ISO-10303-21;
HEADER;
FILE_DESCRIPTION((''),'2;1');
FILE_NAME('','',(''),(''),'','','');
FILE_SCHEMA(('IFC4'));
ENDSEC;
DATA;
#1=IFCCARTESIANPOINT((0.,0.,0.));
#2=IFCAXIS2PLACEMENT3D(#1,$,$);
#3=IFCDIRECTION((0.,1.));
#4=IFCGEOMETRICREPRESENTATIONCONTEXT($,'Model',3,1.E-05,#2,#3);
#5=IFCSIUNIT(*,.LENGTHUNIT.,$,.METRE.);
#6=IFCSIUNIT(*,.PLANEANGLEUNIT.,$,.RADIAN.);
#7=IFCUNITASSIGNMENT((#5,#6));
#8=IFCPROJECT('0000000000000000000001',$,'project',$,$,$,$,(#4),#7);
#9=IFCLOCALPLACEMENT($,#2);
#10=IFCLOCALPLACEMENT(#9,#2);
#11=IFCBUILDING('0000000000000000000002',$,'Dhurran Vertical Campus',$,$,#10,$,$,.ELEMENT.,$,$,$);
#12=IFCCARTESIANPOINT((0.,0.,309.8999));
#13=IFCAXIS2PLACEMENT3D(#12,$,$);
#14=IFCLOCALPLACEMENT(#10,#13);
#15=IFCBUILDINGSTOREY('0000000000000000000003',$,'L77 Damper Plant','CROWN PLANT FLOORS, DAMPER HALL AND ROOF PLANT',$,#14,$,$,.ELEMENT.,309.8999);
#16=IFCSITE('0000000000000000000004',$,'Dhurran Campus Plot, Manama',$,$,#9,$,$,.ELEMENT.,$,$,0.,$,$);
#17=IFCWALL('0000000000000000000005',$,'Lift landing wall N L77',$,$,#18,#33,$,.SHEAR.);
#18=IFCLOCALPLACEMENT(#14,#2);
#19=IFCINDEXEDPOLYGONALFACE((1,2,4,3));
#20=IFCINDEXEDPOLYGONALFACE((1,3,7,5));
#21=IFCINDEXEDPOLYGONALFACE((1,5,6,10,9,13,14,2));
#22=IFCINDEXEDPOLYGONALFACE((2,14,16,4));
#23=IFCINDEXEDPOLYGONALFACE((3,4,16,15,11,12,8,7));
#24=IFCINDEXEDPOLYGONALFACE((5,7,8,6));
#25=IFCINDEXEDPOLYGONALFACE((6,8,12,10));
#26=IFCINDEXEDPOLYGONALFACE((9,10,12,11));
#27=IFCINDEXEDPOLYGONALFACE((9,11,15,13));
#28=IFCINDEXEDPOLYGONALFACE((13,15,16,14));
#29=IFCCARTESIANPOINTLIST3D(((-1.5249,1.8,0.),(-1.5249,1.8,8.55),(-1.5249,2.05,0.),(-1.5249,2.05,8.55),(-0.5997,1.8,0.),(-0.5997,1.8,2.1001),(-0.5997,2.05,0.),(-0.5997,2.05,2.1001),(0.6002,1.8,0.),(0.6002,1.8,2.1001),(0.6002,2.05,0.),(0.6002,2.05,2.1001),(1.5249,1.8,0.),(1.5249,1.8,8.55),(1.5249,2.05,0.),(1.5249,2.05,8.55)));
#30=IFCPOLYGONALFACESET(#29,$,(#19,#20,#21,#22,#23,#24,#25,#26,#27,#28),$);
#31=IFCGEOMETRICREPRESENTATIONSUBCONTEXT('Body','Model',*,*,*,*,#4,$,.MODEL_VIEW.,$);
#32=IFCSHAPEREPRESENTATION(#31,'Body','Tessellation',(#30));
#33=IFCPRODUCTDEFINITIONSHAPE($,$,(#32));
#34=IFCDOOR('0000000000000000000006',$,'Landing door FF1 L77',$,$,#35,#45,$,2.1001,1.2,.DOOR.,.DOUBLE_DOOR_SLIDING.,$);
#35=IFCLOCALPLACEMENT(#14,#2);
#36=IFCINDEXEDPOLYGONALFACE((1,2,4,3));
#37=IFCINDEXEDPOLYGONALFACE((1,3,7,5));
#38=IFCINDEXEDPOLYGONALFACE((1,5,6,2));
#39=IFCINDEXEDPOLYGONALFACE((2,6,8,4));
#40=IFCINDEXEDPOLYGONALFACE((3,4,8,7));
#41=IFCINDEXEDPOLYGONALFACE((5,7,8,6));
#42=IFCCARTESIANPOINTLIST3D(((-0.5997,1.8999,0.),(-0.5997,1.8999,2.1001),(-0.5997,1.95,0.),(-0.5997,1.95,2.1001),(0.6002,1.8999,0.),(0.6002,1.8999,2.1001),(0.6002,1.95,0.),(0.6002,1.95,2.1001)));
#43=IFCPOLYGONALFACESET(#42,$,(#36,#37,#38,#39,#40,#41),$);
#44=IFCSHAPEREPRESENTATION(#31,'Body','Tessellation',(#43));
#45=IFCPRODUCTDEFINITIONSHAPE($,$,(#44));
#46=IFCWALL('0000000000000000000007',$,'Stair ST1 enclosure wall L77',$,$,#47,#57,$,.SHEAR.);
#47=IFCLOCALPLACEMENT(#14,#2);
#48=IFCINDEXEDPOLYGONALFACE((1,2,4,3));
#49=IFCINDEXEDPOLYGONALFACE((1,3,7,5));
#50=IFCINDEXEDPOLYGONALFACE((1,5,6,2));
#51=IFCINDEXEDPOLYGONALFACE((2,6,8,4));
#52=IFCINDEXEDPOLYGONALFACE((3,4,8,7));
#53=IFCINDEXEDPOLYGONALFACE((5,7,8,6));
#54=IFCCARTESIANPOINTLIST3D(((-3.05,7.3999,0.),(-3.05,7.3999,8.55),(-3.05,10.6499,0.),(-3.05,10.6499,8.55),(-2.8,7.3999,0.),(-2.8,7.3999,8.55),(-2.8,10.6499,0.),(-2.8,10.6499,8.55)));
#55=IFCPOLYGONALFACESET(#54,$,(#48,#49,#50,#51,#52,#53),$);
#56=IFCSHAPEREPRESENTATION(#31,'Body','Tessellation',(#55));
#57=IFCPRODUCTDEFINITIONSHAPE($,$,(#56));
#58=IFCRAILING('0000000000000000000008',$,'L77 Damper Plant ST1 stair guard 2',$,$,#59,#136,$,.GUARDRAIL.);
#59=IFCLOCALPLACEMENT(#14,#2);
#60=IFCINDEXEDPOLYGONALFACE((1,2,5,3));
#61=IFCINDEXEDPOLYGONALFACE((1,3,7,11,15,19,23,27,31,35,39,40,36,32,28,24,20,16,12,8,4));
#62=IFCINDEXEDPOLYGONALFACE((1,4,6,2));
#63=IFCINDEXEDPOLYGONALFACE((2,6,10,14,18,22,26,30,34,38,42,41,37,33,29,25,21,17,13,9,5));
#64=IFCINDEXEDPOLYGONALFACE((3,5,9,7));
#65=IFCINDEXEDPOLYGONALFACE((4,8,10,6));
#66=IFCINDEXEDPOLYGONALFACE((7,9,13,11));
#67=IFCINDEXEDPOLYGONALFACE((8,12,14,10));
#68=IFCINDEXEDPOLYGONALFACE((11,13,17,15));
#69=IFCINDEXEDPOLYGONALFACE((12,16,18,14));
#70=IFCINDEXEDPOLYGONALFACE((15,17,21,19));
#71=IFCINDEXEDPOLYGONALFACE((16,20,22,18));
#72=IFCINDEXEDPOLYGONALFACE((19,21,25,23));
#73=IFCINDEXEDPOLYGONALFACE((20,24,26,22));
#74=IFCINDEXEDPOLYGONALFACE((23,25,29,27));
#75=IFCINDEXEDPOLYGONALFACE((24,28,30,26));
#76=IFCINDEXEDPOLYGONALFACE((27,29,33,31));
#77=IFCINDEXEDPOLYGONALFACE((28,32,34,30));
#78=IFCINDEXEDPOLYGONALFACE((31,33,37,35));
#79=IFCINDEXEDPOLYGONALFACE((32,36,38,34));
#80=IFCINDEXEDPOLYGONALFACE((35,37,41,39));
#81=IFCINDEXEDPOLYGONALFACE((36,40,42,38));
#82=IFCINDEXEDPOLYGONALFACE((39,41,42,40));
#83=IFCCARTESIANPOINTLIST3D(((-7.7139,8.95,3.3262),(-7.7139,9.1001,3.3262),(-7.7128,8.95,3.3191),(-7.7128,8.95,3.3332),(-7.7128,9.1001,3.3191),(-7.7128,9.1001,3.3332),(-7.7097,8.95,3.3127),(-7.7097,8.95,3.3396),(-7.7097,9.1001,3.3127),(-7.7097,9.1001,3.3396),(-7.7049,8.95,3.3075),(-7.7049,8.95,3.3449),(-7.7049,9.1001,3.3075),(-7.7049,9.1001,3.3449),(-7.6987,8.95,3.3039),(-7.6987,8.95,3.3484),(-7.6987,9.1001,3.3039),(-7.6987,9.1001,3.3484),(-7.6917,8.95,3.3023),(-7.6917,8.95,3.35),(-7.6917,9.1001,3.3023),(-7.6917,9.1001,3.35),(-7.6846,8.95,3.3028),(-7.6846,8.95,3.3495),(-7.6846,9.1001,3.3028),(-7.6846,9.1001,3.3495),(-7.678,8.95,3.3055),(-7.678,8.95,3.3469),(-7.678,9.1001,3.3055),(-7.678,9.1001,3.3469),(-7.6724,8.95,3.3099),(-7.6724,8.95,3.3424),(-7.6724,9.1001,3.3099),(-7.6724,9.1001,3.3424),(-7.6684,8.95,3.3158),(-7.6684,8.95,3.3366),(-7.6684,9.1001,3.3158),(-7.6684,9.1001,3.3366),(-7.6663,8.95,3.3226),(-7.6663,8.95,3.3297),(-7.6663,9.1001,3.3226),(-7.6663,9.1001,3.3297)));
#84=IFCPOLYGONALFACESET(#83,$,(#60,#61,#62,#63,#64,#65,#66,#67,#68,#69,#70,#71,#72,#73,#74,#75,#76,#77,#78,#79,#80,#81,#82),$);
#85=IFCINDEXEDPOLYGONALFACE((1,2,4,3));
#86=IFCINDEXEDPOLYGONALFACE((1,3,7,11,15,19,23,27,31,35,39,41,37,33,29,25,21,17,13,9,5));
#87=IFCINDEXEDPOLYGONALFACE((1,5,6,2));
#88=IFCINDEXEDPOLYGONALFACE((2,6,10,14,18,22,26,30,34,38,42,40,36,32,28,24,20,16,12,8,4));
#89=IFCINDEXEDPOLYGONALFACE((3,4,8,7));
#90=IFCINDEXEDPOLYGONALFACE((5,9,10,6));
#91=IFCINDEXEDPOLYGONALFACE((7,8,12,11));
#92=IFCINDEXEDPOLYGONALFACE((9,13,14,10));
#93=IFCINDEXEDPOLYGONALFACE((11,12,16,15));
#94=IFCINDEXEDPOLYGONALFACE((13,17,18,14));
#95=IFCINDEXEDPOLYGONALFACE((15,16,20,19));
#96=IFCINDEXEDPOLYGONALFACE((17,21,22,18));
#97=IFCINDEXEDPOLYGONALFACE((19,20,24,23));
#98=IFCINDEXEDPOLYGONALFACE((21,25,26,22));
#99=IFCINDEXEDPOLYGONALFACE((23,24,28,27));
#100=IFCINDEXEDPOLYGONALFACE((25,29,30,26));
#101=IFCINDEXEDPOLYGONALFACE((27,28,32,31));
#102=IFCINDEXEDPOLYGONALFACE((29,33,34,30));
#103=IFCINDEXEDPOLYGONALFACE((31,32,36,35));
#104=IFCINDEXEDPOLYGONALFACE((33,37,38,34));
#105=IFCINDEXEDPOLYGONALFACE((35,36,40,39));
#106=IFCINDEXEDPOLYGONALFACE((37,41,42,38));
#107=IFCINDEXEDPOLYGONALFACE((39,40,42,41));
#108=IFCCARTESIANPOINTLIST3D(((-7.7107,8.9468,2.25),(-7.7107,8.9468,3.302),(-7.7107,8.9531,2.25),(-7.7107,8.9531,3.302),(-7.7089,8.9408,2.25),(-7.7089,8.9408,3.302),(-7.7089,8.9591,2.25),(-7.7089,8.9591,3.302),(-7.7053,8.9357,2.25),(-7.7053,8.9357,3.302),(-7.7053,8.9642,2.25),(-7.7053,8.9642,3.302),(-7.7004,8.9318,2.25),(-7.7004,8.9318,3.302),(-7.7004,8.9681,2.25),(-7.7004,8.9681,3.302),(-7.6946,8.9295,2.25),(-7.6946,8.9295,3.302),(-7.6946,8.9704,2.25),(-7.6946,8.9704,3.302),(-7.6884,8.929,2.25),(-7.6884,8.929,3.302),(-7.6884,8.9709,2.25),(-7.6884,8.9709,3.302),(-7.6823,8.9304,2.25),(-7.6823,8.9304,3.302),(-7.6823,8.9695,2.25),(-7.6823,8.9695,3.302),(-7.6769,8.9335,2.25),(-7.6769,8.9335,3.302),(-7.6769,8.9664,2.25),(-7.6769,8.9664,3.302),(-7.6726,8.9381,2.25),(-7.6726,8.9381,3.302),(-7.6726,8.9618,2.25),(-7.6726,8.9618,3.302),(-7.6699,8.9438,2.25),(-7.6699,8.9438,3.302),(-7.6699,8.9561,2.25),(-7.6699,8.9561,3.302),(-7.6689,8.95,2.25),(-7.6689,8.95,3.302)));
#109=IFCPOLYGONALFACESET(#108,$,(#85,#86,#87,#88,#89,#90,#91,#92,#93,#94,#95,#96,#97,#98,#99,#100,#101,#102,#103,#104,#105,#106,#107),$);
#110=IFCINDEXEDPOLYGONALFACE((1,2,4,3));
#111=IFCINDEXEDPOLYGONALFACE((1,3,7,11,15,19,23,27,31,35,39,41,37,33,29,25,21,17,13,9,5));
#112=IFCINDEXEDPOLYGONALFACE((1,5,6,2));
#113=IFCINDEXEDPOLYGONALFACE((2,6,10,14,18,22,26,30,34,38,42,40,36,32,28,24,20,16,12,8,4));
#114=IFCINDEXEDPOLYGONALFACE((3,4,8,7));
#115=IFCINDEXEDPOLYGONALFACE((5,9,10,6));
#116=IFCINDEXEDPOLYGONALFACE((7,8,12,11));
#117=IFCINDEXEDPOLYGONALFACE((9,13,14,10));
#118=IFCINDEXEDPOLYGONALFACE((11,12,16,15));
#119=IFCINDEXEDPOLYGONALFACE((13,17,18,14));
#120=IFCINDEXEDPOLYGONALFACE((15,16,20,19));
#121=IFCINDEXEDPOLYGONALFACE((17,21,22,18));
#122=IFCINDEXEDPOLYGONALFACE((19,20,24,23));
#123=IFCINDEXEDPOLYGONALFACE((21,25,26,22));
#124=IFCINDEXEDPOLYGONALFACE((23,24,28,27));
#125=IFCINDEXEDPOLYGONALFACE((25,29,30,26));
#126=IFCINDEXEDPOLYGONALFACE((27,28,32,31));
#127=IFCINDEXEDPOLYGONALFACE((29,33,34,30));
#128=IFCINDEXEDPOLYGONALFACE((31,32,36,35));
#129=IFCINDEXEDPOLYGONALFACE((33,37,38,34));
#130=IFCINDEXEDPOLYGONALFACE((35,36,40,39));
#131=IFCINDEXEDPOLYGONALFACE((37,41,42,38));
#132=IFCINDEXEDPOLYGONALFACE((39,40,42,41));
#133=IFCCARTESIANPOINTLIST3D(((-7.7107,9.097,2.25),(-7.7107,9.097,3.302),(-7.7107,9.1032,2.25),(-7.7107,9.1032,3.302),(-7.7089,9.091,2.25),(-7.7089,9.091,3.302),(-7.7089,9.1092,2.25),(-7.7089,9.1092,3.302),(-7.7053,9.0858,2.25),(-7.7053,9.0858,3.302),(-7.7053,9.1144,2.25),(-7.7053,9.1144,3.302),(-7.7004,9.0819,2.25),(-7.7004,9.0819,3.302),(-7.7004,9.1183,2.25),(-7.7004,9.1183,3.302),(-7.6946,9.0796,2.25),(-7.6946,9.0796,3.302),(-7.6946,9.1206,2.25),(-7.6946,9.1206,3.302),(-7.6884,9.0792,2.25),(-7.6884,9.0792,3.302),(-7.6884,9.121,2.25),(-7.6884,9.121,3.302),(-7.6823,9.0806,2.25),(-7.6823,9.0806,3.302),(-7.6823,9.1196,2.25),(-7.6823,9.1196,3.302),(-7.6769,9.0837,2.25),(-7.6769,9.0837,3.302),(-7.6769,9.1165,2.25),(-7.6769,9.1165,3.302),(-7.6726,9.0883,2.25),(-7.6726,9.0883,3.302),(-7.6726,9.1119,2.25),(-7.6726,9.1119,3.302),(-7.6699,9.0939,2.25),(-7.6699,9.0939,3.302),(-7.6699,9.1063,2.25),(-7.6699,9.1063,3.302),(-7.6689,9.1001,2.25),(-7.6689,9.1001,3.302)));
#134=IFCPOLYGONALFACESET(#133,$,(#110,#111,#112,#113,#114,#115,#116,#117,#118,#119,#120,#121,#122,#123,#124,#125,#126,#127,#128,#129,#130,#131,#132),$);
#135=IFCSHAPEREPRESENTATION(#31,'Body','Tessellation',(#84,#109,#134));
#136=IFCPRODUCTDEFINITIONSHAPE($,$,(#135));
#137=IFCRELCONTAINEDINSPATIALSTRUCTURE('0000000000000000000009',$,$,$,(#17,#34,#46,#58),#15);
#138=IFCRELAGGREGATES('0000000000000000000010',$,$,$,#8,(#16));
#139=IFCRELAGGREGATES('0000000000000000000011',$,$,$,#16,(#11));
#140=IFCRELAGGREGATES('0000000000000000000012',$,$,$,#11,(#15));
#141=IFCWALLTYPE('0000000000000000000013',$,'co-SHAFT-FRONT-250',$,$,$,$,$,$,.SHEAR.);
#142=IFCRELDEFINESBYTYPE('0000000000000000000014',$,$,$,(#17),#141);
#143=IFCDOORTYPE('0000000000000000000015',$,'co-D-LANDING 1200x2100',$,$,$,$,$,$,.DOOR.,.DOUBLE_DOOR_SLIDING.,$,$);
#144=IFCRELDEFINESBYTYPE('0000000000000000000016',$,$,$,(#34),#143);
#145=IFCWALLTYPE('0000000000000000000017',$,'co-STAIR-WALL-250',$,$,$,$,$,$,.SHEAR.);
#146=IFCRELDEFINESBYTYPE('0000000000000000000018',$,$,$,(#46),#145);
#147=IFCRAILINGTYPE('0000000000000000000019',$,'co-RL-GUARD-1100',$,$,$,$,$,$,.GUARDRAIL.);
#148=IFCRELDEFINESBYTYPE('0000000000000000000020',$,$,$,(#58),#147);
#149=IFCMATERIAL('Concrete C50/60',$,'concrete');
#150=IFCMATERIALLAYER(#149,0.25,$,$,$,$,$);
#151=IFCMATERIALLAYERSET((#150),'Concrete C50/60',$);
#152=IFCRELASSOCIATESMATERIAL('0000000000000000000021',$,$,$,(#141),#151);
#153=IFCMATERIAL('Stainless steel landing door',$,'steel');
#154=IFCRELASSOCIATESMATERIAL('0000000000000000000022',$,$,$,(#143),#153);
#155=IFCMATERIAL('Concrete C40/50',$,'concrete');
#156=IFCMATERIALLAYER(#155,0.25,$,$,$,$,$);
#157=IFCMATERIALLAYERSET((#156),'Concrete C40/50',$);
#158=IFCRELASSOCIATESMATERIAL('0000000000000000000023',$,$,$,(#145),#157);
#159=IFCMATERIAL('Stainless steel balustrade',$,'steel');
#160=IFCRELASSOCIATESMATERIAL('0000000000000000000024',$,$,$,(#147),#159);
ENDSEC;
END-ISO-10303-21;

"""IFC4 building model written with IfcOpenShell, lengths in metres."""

from ifc_helpers import new_model, si_unit, direction, frame, frame_2d, origin, origin_2d, place, context, subcontext, project, spatial, rectangle, circle, extrude, material, layer, layer_set, type_object, element, fill, save


model = new_model("IFC4")

# Units and contexts
model_context = context("Model", 3, precision=1e-05, world=origin(), true_north=direction((0.0, 1.0)))
body_context = subcontext(model_context, "Body", "Model", "MODEL_VIEW")
ifc_project = project(units=[si_unit("LENGTHUNIT", "METRE"), si_unit("PLANEANGLEUNIT", "RADIAN")], contexts=[model_context])

# Site, building, storey
site_placement = place(None, origin())
site = spatial("IfcSite", under=ifc_project, at=site_placement, Name="Dhurran Campus Plot, Manama", CompositionType="ELEMENT", RefElevation=0.0)
building_placement = place(site_placement, origin())
building = spatial("IfcBuilding", under=site, at=building_placement, Name="Dhurran Vertical Campus", CompositionType="ELEMENT")
storey_placement = place(building_placement, frame((0.0, 0.0, 309.8999)))
storey = spatial("IfcBuildingStorey", under=building, at=storey_placement, Name="L77 Damper Plant", Description="CROWN PLANT FLOORS, DAMPER HALL AND ROOF PLANT", CompositionType="ELEMENT", Elevation=309.8999)

# Wall, opening, door
ifc_material_1 = material(Name="Concrete C50/60", Category="concrete")
ifc_layer_1 = layer(ifc_material_1, 0.25)
ifc_layer_set_1 = layer_set([ifc_layer_1], Name="Concrete C50/60")
wall_type_1 = type_object("IfcWallType", Name="co-SHAFT-FRONT-250", PredefinedType="SHEAR", material=ifc_layer_set_1)
wall_1_placement = place(storey_placement, frame((-1.5249, 1.925, 0.0), z_axis=(0.0, 0.0, 1.0), x_axis=(1.0, 0.0, 0.0)))
wall_1 = element("IfcWall", 1, at=wall_1_placement, inside=storey, type_object=wall_type_1, Name="Lift landing wall N L77", PredefinedType="SHEAR", context=body_context, shape_type="SweptSolid", body=[
    extrude(rectangle(XDim=3.0498, YDim=0.25, at=frame_2d((1.5249, 0.0))), origin(), (0.0, 0.0, 1.0), 8.55),
])
opening_1_placement = place(wall_1_placement, frame((0.925, 0.0, 0.0)))
opening_1 = element("IfcOpeningElement", 2, at=opening_1_placement, cuts=wall_1, PredefinedType="OPENING", context=body_context, shape_type="SweptSolid", body=[
    extrude(rectangle(XDim=1.2, YDim=2.1001, at=frame_2d((0.6001, 1.05))), frame((0.0, 0.135, 0.0), z_axis=(0.0, -1.0, 0.0), x_axis=(1.0, 0.0, 0.0)), (0.0, 0.0, 1.0), 0.27),
])
ifc_material_2 = material(Name="Stainless steel landing door", Category="steel")
door_type_1 = type_object("IfcDoorType", Name="co-D-LANDING 1200x2100", OperationType="DOUBLE_DOOR_SLIDING", PredefinedType="DOOR", material=ifc_material_2)
door_1_placement = place(opening_1_placement, origin())
door_1 = element("IfcDoor", 3, at=door_1_placement, inside=storey, type_object=door_type_1, Name="Landing door FF1 L77", OperationType="DOUBLE_DOOR_SLIDING", OverallHeight=2.1001, OverallWidth=1.2, PredefinedType="DOOR", context=body_context, shape_type="SweptSolid", body=[
    extrude(rectangle(XDim=1.2, YDim=2.1001, at=frame_2d((0.6001, 1.05))), frame((0.0, 0.0249, 0.0), z_axis=(0.0, -1.0, 0.0), x_axis=(1.0, 0.0, 0.0)), (0.0, 0.0, 1.0), 0.05),
])
fill(opening_1, door_1)

# Wall
ifc_material_3 = material(Name="Concrete C40/50", Category="concrete")
ifc_layer_2 = layer(ifc_material_3, 0.25)
ifc_layer_set_2 = layer_set([ifc_layer_2], Name="Concrete C40/50")
wall_type_2 = type_object("IfcWallType", Name="co-STAIR-WALL-250", PredefinedType="SHEAR", material=ifc_layer_set_2)
wall_2_placement = place(storey_placement, frame((-2.925, 7.3999, 0.0), z_axis=(0.0, 0.0, 1.0), x_axis=(0.0, 1.0, 0.0)))
element("IfcWall", 4, at=wall_2_placement, inside=storey, type_object=wall_type_2, Name="Stair ST1 enclosure wall L77", PredefinedType="SHEAR", context=body_context, shape_type="SweptSolid", body=[
    extrude(rectangle(XDim=3.25, YDim=0.25, at=frame_2d((1.625, 0.0))), origin(), (0.0, 0.0, 1.0), 8.55),
])

# Railing
ifc_material_4 = material(Name="Stainless steel balustrade", Category="steel")
railing_type = type_object("IfcRailingType", Name="co-RL-GUARD-1100", PredefinedType="GUARDRAIL", material=ifc_material_4)
railing_placement = place(storey_placement, frame((-7.6899, 8.95, 2.25)))
element("IfcRailing", 5, at=railing_placement, inside=storey, type_object=railing_type, Name="L77 Damper Plant ST1 stair guard 2", PredefinedType="GUARDRAIL", context=body_context, shape_type="SweptSolid", body=[
    extrude(circle(Radius=0.0239, at=origin_2d()), frame((0.0, 0.0, 1.0762), z_axis=(0.0, 1.0, 0.0), x_axis=(-1.0, 0.0, 0.0)), (0.0, 0.0, 1.0), 0.1501),
    extrude(circle(Radius=0.021, at=origin_2d()), origin(), (0.0, 0.0, 1.0), 1.052),
    extrude(circle(Radius=0.021, at=origin_2d()), frame((0.0, 0.1501, 0.0)), (0.0, 0.0, 1.0), 1.052),
])

save(model, "model.ifc")
